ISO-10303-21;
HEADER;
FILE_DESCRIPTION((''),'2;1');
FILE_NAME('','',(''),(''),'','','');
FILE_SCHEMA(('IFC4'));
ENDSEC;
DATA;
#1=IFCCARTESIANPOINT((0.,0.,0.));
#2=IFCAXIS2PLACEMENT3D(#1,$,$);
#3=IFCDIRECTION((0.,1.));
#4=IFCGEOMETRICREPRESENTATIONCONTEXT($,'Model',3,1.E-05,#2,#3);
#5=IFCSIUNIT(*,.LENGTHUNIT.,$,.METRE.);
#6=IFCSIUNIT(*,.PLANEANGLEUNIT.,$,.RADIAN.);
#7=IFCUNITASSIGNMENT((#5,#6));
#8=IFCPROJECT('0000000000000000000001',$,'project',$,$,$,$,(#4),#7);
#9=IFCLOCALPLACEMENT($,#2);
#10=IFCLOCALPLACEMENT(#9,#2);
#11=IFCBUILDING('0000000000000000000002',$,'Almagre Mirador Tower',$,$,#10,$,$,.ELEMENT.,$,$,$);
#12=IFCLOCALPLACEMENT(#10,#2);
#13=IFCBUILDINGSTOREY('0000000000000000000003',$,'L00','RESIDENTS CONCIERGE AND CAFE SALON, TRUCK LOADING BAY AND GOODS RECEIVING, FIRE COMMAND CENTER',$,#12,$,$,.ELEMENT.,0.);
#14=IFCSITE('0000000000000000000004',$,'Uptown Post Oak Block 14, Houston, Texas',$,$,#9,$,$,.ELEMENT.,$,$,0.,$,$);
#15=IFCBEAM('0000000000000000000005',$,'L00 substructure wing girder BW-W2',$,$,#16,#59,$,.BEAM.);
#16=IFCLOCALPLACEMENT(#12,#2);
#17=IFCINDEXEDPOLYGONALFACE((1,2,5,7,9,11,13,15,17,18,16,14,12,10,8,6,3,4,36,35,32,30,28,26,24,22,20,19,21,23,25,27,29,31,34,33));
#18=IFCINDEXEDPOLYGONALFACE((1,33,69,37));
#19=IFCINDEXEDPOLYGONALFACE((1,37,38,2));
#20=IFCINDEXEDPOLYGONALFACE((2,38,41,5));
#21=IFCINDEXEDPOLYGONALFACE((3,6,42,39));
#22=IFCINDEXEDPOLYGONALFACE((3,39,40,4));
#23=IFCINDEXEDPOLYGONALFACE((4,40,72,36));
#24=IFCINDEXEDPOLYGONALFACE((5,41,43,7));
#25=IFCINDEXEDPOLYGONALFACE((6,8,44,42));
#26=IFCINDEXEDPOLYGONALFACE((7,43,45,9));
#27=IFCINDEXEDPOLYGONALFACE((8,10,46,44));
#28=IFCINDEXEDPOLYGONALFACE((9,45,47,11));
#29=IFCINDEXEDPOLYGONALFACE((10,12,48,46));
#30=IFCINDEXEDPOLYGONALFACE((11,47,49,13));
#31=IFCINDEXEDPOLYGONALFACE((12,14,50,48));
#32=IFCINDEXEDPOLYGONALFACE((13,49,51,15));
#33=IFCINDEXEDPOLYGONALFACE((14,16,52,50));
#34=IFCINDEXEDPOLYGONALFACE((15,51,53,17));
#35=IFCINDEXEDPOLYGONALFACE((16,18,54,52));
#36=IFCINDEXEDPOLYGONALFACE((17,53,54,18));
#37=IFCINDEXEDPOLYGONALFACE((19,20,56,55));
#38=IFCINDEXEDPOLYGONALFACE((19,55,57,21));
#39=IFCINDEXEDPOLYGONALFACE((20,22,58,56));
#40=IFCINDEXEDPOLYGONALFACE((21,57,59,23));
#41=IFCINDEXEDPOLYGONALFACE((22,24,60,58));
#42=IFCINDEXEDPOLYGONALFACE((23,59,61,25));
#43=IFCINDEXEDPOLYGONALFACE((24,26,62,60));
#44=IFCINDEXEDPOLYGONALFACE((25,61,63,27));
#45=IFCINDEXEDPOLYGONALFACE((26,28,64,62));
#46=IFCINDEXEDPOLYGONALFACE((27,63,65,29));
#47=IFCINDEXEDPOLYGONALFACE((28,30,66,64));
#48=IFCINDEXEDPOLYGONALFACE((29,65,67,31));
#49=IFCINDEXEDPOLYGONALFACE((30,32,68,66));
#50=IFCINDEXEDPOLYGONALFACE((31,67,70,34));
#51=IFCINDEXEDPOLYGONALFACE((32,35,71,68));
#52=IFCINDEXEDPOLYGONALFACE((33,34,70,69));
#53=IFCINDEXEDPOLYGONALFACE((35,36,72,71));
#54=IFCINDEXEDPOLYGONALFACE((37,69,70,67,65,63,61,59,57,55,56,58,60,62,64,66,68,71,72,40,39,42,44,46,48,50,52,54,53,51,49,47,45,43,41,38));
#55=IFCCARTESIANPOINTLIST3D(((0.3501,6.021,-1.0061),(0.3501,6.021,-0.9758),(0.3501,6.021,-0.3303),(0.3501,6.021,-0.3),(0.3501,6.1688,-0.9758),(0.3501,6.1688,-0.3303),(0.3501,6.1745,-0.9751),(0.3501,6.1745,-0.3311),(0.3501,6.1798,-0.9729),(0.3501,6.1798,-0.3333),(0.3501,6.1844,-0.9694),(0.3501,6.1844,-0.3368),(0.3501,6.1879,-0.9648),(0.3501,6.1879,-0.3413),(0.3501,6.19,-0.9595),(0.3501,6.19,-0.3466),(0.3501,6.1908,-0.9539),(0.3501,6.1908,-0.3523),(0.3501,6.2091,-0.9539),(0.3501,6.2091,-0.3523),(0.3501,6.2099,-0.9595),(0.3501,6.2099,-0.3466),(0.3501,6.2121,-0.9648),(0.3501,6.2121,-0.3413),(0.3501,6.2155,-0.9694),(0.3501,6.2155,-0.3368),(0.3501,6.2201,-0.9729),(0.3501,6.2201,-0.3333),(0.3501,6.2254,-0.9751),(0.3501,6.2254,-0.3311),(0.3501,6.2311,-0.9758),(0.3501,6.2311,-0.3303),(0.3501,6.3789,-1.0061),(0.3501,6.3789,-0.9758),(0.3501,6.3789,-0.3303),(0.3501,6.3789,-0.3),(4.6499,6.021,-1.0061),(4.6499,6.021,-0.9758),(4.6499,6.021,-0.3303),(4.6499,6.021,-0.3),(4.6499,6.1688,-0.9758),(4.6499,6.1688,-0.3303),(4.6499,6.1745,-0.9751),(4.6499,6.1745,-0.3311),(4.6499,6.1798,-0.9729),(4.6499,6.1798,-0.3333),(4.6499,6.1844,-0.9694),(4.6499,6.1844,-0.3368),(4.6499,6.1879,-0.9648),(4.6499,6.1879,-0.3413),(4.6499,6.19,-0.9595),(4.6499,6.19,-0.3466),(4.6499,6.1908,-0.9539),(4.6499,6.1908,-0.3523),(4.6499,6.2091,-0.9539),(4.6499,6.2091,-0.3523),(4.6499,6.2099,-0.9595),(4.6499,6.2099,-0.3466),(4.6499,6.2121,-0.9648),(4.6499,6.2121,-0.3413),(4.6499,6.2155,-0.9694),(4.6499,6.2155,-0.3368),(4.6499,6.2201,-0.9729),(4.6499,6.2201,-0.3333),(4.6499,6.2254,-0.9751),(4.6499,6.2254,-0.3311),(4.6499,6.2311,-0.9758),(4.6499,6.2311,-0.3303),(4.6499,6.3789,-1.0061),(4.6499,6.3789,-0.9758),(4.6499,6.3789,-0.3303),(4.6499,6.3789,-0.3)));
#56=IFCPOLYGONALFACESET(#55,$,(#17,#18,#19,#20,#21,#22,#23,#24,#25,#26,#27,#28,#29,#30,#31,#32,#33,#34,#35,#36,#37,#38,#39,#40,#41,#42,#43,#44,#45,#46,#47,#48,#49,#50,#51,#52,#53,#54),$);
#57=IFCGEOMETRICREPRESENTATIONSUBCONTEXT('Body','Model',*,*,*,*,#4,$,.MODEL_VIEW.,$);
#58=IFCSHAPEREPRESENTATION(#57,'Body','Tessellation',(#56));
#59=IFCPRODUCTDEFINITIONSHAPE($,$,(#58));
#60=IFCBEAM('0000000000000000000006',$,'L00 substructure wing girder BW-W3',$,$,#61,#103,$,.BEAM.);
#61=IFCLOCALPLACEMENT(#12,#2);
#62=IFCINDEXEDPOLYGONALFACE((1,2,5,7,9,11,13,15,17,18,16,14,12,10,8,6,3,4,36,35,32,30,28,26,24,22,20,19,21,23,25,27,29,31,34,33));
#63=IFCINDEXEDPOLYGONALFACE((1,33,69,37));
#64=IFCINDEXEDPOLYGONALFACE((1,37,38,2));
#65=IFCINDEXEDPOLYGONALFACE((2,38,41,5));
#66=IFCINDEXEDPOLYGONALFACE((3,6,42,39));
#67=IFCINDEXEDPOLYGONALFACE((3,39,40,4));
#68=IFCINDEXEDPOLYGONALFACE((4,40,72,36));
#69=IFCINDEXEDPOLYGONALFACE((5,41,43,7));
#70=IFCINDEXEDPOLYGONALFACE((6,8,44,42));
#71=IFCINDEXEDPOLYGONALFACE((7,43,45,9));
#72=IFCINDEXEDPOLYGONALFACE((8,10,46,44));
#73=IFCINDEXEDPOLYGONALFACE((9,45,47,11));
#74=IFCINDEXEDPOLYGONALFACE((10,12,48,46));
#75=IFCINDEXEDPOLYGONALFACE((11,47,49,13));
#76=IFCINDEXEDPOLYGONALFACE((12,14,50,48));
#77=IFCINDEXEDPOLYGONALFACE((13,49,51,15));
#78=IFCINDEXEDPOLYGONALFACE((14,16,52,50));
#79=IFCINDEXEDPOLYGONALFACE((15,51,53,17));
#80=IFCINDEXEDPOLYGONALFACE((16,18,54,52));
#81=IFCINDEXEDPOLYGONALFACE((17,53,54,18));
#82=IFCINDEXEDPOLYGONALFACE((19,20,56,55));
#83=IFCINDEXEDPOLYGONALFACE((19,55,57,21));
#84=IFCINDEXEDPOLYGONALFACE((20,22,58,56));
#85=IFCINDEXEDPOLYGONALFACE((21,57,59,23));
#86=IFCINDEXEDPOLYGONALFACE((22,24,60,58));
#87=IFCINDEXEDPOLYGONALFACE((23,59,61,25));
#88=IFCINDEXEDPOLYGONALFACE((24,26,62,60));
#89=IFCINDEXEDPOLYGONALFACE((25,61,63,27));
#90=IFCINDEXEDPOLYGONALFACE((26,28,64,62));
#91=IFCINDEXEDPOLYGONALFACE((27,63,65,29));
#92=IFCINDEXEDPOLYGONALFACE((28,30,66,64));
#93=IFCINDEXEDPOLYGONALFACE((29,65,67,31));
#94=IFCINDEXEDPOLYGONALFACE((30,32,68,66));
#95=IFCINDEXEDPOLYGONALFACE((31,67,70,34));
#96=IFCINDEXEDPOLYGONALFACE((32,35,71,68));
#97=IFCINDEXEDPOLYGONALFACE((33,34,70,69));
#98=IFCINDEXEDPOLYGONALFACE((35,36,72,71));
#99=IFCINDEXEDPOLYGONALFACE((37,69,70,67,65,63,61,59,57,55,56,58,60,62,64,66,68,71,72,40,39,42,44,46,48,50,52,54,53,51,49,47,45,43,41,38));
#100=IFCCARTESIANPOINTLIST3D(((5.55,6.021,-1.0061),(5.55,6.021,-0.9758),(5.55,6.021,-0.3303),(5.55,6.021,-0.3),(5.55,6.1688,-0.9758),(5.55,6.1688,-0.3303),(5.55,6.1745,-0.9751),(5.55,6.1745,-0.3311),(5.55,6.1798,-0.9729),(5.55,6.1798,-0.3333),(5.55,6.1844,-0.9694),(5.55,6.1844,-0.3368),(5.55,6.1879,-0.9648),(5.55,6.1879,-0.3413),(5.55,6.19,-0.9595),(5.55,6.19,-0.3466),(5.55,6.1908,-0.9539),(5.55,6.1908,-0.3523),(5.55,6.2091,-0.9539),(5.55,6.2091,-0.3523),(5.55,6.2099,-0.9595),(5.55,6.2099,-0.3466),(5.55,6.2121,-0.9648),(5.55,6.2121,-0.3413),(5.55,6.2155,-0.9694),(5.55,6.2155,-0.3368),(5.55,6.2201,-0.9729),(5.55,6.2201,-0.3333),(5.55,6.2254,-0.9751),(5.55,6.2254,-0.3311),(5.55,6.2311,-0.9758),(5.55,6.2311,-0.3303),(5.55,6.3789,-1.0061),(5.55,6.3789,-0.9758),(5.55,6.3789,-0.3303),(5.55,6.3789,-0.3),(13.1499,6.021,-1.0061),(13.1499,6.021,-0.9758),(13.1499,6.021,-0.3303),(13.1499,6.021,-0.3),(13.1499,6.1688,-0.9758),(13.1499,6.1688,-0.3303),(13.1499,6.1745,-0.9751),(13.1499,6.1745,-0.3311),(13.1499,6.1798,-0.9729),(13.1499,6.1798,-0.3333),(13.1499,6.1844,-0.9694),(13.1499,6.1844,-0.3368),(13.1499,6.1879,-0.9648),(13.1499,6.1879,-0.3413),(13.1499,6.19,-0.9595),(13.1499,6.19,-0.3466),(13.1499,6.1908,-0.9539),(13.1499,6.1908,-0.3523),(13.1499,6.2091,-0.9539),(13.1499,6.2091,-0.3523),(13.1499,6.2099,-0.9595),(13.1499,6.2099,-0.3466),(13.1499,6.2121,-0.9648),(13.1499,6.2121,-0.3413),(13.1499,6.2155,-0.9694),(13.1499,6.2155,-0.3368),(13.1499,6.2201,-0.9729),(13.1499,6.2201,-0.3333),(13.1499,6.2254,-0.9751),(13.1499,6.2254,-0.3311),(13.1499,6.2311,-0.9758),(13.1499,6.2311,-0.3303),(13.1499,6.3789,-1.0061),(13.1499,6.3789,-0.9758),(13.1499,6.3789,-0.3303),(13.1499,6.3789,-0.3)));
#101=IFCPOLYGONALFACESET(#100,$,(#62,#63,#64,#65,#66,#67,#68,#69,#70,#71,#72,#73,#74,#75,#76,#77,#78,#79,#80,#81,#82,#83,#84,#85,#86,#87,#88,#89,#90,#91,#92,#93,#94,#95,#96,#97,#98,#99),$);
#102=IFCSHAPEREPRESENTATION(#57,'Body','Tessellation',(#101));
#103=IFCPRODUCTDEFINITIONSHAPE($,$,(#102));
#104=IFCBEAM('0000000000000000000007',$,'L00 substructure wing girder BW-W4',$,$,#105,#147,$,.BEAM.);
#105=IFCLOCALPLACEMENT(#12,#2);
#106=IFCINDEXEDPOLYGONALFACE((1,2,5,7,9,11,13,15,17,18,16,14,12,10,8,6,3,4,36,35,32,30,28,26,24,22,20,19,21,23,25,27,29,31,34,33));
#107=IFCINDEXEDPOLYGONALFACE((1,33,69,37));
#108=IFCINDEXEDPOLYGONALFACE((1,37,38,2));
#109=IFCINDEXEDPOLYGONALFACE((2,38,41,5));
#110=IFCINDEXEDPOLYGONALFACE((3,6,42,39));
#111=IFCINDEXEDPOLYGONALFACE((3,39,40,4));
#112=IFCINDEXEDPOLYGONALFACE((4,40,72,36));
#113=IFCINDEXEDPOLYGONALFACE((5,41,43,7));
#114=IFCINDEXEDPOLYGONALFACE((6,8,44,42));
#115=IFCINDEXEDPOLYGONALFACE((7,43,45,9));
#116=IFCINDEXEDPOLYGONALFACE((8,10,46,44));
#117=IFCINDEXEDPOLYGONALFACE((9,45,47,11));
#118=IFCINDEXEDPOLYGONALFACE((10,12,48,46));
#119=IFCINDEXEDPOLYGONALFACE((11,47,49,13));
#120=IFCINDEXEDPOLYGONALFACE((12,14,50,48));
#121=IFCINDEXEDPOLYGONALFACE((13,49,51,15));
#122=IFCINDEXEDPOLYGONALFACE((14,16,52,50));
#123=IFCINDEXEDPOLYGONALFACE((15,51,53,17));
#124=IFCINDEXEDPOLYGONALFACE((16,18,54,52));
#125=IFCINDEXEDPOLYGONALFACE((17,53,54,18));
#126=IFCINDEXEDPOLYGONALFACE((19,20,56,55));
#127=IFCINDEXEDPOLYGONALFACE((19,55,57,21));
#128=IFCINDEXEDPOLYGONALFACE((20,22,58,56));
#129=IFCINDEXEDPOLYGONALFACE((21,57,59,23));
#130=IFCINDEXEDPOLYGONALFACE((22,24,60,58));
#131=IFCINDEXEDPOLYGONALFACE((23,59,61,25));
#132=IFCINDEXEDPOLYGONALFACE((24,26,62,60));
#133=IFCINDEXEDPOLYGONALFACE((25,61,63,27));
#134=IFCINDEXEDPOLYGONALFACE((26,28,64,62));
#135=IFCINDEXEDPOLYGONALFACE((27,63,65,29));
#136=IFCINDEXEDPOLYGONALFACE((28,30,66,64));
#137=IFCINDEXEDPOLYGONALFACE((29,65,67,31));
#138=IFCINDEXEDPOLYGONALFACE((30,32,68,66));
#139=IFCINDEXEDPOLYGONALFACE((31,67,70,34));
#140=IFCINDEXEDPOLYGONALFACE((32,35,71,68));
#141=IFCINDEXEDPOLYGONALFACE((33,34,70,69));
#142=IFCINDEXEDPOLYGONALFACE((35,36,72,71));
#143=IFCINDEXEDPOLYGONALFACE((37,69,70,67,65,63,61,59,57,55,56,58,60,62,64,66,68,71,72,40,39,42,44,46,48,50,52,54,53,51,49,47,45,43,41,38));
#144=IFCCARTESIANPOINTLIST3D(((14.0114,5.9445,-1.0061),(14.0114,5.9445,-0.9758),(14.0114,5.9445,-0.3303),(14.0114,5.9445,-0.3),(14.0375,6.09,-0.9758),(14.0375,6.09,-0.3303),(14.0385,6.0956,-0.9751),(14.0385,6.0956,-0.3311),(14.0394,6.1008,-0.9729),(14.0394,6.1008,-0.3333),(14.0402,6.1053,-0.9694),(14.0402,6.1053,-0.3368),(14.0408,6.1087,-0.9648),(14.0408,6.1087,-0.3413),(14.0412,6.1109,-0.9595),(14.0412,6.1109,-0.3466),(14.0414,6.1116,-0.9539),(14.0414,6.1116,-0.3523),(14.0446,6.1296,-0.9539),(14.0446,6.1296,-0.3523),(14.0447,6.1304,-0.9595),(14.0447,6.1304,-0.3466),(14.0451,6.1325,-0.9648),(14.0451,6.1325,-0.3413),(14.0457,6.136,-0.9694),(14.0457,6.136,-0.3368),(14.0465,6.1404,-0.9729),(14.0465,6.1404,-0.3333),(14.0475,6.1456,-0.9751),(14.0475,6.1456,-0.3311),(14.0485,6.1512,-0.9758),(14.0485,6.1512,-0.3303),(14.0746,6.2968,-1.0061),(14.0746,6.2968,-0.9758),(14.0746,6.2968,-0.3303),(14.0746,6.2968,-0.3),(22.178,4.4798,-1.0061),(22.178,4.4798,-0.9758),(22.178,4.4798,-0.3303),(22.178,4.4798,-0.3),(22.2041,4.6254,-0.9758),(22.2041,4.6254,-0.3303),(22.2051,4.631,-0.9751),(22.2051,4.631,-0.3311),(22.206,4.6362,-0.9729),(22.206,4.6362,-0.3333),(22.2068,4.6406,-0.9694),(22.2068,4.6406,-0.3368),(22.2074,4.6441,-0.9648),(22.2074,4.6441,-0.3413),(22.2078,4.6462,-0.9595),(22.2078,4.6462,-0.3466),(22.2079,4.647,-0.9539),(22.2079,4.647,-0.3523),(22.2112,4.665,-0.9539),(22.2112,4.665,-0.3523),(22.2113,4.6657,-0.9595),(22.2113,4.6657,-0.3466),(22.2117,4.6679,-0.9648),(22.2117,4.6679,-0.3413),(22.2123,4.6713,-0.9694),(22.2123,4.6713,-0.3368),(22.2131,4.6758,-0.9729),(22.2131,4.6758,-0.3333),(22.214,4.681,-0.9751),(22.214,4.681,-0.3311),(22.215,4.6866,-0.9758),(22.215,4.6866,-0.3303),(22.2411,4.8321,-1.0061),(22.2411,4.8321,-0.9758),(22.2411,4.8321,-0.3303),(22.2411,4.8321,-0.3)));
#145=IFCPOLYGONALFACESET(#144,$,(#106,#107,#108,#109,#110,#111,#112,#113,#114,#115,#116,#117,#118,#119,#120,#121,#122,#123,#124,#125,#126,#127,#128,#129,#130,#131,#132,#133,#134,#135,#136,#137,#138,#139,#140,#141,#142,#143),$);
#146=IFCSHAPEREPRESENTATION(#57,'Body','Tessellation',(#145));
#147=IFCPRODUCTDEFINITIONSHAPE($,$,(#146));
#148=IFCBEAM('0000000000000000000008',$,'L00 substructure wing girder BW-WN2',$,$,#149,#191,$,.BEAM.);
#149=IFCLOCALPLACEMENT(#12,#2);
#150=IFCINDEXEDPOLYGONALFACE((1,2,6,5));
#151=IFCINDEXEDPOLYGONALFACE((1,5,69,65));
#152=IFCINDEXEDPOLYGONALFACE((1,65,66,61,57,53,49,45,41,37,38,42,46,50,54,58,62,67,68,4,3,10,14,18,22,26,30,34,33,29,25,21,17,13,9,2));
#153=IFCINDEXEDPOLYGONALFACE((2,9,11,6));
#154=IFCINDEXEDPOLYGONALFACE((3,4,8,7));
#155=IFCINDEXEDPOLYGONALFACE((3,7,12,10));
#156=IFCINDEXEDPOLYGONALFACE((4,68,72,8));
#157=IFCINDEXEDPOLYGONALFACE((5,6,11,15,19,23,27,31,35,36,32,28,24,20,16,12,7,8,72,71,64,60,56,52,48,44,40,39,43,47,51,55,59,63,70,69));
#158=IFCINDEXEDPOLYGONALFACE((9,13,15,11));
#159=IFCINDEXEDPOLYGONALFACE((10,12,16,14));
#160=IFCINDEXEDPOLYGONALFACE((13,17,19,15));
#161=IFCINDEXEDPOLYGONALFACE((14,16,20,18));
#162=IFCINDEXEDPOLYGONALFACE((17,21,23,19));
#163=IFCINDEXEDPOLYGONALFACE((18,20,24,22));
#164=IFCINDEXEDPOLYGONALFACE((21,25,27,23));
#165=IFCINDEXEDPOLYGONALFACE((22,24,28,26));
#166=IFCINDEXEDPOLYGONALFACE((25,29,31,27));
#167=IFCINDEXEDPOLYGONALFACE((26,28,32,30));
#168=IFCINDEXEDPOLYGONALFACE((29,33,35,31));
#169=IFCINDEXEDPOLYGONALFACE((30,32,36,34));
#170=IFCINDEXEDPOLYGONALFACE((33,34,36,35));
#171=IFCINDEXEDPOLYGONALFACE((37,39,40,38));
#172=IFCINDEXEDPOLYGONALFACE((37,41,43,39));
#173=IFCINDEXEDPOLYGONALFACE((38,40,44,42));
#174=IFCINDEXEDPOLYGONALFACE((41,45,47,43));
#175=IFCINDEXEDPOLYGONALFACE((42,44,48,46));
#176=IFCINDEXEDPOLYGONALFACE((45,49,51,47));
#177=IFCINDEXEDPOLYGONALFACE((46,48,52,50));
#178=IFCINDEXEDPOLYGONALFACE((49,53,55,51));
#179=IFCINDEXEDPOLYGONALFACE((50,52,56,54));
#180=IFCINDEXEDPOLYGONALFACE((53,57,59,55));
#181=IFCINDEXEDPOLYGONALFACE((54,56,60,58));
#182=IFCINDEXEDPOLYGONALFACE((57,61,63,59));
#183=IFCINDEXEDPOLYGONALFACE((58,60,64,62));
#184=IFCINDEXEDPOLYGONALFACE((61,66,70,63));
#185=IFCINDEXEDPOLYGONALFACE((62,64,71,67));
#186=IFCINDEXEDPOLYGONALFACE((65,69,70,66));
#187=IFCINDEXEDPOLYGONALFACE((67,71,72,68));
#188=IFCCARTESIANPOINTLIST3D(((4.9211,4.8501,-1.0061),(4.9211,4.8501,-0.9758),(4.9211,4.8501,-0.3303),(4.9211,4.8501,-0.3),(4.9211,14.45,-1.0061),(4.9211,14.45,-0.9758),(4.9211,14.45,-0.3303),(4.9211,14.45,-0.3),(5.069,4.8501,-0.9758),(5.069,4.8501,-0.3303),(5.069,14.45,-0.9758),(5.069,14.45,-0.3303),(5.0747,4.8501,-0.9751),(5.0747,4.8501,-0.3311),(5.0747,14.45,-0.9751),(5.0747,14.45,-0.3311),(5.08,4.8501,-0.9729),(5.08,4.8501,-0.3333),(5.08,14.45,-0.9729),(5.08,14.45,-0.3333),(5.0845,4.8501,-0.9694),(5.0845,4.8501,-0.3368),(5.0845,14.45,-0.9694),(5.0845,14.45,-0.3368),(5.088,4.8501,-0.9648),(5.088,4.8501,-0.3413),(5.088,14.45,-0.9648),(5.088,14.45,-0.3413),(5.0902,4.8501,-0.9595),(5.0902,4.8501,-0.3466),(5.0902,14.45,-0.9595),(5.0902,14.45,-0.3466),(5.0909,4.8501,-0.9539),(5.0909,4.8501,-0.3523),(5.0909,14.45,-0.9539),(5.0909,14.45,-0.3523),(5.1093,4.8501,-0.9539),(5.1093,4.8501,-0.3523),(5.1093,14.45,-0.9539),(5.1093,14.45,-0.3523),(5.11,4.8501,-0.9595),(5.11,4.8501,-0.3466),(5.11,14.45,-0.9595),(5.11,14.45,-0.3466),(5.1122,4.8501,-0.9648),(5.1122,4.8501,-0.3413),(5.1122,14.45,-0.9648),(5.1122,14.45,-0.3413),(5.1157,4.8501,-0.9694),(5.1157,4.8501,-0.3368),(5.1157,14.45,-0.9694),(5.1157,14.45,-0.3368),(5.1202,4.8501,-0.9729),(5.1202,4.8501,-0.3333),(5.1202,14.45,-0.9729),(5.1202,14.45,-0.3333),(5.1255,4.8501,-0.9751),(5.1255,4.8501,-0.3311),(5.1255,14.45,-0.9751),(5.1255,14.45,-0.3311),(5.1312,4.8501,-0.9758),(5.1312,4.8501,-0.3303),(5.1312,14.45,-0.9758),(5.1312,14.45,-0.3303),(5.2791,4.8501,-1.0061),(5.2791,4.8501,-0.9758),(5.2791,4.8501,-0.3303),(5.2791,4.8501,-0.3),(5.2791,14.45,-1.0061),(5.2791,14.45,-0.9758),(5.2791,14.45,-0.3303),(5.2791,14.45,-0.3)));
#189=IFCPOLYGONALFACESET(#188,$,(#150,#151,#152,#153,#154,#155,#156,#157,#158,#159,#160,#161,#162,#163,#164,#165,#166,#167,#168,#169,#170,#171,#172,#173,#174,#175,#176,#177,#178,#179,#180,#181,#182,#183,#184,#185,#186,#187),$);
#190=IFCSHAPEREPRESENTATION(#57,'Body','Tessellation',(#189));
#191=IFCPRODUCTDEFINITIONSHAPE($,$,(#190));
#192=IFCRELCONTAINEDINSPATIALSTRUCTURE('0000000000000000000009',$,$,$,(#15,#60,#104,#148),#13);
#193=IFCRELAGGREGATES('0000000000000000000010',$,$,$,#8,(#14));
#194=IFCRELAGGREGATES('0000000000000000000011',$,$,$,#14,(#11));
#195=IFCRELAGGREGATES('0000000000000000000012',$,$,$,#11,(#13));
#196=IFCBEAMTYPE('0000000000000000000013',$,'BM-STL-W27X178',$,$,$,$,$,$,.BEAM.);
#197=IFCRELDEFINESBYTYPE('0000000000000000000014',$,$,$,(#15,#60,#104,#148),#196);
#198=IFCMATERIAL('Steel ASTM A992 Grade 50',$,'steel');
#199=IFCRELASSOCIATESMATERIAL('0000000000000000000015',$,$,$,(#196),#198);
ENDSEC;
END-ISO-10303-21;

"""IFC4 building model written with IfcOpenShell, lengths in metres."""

from ifc_helpers import new_model, si_unit, direction, frame, origin, origin_2d, place, context, subcontext, project, spatial, i_section, extrude, material, material_profile, profile_set, type_object, element, save


model = new_model("IFC4")

# Units and contexts
model_context = context("Model", 3, precision=1e-05, world=origin(), true_north=direction((0.0, 1.0)))
body_context = subcontext(model_context, "Body", "Model", "MODEL_VIEW")
ifc_project = project(units=[si_unit("LENGTHUNIT", "METRE"), si_unit("PLANEANGLEUNIT", "RADIAN")], contexts=[model_context])

# Site, building, storey
site_placement = place(None, origin())
site = spatial("IfcSite", under=ifc_project, at=site_placement, Name="Uptown Post Oak Block 14, Houston, Texas", CompositionType="ELEMENT", RefElevation=0.0)
building_placement = place(site_placement, origin())
building = spatial("IfcBuilding", under=site, at=building_placement, Name="Almagre Mirador Tower", CompositionType="ELEMENT")
storey_placement = place(building_placement, origin())
storey = spatial("IfcBuildingStorey", under=building, at=storey_placement, Name="L00", Description="RESIDENTS CONCIERGE AND CAFE SALON, TRUCK LOADING BAY AND GOODS RECEIVING, FIRE COMMAND CENTER", CompositionType="ELEMENT", Elevation=0.0)

# Beams
ifc_material_1 = material(Name="Steel ASTM A992 Grade 50", Category="steel")
ifc_material_profile_1 = material_profile(ifc_material_1, i_section(OverallWidth=0.3579, OverallDepth=0.7061, WebThickness=0.0183, FlangeThickness=0.0303, FilletRadius=0.022, at=origin_2d()), Name="W27X178")
ifc_profile_set_1 = profile_set([ifc_material_profile_1], Name="Steel ASTM A992 Grade 50")
beam_type_1 = type_object("IfcBeamType", Name="BM-STL-W27X178", PredefinedType="BEAM", material=ifc_profile_set_1)
beam_1_placement = place(storey_placement, frame((0.3501, 6.2, -0.6531), z_axis=(1.0, 0.0, 0.0), x_axis=(0.0, 1.0, 0.0)))
element("IfcBeam", 1, at=beam_1_placement, inside=storey, type_object=beam_type_1, Name="L00 substructure wing girder BW-W2", PredefinedType="BEAM", context=body_context, shape_type="SweptSolid", body=[
    extrude(i_section(OverallWidth=0.3579, OverallDepth=0.7061, WebThickness=0.0183, FlangeThickness=0.0303, FilletRadius=0.022, at=origin_2d()), origin(), (0.0, 0.0, 1.0), 4.2998),
])
beam_2_placement = place(storey_placement, frame((5.55, 6.2, -0.6531), z_axis=(1.0, 0.0, 0.0), x_axis=(0.0, 1.0, 0.0)))
element("IfcBeam", 2, at=beam_2_placement, inside=storey, type_object=beam_type_1, Name="L00 substructure wing girder BW-W3", PredefinedType="BEAM", context=body_context, shape_type="SweptSolid", body=[
    extrude(i_section(OverallWidth=0.3579, OverallDepth=0.7061, WebThickness=0.0183, FlangeThickness=0.0303, FilletRadius=0.022, at=origin_2d()), origin(), (0.0, 0.0, 1.0), 7.5999),
])
beam_3_placement = place(storey_placement, frame((14.043, 6.1206, -0.6531), z_axis=(0.984296, -0.176526, 0.0), x_axis=(0.176526, 0.984296, 0.0)))
element("IfcBeam", 3, at=beam_3_placement, inside=storey, type_object=beam_type_1, Name="L00 substructure wing girder BW-W4", PredefinedType="BEAM", context=body_context, shape_type="SweptSolid", body=[
    extrude(i_section(OverallWidth=0.3579, OverallDepth=0.7061, WebThickness=0.0183, FlangeThickness=0.0303, FilletRadius=0.022, at=origin_2d()), origin(), (0.0, 0.0, 1.0), 8.2969),
])
beam_4_placement = place(storey_placement, frame((5.1001, 4.8501, -0.6531), z_axis=(0.0, 1.0, 0.0), x_axis=(-1.0, 0.0, 0.0)))
element("IfcBeam", 4, at=beam_4_placement, inside=storey, type_object=beam_type_1, Name="L00 substructure wing girder BW-WN2", PredefinedType="BEAM", context=body_context, shape_type="SweptSolid", body=[
    extrude(i_section(OverallWidth=0.3579, OverallDepth=0.7061, WebThickness=0.0183, FlangeThickness=0.0303, FilletRadius=0.022, at=origin_2d()), origin(), (0.0, 0.0, 1.0), 9.5999),
])

save(model, "model.ifc")
